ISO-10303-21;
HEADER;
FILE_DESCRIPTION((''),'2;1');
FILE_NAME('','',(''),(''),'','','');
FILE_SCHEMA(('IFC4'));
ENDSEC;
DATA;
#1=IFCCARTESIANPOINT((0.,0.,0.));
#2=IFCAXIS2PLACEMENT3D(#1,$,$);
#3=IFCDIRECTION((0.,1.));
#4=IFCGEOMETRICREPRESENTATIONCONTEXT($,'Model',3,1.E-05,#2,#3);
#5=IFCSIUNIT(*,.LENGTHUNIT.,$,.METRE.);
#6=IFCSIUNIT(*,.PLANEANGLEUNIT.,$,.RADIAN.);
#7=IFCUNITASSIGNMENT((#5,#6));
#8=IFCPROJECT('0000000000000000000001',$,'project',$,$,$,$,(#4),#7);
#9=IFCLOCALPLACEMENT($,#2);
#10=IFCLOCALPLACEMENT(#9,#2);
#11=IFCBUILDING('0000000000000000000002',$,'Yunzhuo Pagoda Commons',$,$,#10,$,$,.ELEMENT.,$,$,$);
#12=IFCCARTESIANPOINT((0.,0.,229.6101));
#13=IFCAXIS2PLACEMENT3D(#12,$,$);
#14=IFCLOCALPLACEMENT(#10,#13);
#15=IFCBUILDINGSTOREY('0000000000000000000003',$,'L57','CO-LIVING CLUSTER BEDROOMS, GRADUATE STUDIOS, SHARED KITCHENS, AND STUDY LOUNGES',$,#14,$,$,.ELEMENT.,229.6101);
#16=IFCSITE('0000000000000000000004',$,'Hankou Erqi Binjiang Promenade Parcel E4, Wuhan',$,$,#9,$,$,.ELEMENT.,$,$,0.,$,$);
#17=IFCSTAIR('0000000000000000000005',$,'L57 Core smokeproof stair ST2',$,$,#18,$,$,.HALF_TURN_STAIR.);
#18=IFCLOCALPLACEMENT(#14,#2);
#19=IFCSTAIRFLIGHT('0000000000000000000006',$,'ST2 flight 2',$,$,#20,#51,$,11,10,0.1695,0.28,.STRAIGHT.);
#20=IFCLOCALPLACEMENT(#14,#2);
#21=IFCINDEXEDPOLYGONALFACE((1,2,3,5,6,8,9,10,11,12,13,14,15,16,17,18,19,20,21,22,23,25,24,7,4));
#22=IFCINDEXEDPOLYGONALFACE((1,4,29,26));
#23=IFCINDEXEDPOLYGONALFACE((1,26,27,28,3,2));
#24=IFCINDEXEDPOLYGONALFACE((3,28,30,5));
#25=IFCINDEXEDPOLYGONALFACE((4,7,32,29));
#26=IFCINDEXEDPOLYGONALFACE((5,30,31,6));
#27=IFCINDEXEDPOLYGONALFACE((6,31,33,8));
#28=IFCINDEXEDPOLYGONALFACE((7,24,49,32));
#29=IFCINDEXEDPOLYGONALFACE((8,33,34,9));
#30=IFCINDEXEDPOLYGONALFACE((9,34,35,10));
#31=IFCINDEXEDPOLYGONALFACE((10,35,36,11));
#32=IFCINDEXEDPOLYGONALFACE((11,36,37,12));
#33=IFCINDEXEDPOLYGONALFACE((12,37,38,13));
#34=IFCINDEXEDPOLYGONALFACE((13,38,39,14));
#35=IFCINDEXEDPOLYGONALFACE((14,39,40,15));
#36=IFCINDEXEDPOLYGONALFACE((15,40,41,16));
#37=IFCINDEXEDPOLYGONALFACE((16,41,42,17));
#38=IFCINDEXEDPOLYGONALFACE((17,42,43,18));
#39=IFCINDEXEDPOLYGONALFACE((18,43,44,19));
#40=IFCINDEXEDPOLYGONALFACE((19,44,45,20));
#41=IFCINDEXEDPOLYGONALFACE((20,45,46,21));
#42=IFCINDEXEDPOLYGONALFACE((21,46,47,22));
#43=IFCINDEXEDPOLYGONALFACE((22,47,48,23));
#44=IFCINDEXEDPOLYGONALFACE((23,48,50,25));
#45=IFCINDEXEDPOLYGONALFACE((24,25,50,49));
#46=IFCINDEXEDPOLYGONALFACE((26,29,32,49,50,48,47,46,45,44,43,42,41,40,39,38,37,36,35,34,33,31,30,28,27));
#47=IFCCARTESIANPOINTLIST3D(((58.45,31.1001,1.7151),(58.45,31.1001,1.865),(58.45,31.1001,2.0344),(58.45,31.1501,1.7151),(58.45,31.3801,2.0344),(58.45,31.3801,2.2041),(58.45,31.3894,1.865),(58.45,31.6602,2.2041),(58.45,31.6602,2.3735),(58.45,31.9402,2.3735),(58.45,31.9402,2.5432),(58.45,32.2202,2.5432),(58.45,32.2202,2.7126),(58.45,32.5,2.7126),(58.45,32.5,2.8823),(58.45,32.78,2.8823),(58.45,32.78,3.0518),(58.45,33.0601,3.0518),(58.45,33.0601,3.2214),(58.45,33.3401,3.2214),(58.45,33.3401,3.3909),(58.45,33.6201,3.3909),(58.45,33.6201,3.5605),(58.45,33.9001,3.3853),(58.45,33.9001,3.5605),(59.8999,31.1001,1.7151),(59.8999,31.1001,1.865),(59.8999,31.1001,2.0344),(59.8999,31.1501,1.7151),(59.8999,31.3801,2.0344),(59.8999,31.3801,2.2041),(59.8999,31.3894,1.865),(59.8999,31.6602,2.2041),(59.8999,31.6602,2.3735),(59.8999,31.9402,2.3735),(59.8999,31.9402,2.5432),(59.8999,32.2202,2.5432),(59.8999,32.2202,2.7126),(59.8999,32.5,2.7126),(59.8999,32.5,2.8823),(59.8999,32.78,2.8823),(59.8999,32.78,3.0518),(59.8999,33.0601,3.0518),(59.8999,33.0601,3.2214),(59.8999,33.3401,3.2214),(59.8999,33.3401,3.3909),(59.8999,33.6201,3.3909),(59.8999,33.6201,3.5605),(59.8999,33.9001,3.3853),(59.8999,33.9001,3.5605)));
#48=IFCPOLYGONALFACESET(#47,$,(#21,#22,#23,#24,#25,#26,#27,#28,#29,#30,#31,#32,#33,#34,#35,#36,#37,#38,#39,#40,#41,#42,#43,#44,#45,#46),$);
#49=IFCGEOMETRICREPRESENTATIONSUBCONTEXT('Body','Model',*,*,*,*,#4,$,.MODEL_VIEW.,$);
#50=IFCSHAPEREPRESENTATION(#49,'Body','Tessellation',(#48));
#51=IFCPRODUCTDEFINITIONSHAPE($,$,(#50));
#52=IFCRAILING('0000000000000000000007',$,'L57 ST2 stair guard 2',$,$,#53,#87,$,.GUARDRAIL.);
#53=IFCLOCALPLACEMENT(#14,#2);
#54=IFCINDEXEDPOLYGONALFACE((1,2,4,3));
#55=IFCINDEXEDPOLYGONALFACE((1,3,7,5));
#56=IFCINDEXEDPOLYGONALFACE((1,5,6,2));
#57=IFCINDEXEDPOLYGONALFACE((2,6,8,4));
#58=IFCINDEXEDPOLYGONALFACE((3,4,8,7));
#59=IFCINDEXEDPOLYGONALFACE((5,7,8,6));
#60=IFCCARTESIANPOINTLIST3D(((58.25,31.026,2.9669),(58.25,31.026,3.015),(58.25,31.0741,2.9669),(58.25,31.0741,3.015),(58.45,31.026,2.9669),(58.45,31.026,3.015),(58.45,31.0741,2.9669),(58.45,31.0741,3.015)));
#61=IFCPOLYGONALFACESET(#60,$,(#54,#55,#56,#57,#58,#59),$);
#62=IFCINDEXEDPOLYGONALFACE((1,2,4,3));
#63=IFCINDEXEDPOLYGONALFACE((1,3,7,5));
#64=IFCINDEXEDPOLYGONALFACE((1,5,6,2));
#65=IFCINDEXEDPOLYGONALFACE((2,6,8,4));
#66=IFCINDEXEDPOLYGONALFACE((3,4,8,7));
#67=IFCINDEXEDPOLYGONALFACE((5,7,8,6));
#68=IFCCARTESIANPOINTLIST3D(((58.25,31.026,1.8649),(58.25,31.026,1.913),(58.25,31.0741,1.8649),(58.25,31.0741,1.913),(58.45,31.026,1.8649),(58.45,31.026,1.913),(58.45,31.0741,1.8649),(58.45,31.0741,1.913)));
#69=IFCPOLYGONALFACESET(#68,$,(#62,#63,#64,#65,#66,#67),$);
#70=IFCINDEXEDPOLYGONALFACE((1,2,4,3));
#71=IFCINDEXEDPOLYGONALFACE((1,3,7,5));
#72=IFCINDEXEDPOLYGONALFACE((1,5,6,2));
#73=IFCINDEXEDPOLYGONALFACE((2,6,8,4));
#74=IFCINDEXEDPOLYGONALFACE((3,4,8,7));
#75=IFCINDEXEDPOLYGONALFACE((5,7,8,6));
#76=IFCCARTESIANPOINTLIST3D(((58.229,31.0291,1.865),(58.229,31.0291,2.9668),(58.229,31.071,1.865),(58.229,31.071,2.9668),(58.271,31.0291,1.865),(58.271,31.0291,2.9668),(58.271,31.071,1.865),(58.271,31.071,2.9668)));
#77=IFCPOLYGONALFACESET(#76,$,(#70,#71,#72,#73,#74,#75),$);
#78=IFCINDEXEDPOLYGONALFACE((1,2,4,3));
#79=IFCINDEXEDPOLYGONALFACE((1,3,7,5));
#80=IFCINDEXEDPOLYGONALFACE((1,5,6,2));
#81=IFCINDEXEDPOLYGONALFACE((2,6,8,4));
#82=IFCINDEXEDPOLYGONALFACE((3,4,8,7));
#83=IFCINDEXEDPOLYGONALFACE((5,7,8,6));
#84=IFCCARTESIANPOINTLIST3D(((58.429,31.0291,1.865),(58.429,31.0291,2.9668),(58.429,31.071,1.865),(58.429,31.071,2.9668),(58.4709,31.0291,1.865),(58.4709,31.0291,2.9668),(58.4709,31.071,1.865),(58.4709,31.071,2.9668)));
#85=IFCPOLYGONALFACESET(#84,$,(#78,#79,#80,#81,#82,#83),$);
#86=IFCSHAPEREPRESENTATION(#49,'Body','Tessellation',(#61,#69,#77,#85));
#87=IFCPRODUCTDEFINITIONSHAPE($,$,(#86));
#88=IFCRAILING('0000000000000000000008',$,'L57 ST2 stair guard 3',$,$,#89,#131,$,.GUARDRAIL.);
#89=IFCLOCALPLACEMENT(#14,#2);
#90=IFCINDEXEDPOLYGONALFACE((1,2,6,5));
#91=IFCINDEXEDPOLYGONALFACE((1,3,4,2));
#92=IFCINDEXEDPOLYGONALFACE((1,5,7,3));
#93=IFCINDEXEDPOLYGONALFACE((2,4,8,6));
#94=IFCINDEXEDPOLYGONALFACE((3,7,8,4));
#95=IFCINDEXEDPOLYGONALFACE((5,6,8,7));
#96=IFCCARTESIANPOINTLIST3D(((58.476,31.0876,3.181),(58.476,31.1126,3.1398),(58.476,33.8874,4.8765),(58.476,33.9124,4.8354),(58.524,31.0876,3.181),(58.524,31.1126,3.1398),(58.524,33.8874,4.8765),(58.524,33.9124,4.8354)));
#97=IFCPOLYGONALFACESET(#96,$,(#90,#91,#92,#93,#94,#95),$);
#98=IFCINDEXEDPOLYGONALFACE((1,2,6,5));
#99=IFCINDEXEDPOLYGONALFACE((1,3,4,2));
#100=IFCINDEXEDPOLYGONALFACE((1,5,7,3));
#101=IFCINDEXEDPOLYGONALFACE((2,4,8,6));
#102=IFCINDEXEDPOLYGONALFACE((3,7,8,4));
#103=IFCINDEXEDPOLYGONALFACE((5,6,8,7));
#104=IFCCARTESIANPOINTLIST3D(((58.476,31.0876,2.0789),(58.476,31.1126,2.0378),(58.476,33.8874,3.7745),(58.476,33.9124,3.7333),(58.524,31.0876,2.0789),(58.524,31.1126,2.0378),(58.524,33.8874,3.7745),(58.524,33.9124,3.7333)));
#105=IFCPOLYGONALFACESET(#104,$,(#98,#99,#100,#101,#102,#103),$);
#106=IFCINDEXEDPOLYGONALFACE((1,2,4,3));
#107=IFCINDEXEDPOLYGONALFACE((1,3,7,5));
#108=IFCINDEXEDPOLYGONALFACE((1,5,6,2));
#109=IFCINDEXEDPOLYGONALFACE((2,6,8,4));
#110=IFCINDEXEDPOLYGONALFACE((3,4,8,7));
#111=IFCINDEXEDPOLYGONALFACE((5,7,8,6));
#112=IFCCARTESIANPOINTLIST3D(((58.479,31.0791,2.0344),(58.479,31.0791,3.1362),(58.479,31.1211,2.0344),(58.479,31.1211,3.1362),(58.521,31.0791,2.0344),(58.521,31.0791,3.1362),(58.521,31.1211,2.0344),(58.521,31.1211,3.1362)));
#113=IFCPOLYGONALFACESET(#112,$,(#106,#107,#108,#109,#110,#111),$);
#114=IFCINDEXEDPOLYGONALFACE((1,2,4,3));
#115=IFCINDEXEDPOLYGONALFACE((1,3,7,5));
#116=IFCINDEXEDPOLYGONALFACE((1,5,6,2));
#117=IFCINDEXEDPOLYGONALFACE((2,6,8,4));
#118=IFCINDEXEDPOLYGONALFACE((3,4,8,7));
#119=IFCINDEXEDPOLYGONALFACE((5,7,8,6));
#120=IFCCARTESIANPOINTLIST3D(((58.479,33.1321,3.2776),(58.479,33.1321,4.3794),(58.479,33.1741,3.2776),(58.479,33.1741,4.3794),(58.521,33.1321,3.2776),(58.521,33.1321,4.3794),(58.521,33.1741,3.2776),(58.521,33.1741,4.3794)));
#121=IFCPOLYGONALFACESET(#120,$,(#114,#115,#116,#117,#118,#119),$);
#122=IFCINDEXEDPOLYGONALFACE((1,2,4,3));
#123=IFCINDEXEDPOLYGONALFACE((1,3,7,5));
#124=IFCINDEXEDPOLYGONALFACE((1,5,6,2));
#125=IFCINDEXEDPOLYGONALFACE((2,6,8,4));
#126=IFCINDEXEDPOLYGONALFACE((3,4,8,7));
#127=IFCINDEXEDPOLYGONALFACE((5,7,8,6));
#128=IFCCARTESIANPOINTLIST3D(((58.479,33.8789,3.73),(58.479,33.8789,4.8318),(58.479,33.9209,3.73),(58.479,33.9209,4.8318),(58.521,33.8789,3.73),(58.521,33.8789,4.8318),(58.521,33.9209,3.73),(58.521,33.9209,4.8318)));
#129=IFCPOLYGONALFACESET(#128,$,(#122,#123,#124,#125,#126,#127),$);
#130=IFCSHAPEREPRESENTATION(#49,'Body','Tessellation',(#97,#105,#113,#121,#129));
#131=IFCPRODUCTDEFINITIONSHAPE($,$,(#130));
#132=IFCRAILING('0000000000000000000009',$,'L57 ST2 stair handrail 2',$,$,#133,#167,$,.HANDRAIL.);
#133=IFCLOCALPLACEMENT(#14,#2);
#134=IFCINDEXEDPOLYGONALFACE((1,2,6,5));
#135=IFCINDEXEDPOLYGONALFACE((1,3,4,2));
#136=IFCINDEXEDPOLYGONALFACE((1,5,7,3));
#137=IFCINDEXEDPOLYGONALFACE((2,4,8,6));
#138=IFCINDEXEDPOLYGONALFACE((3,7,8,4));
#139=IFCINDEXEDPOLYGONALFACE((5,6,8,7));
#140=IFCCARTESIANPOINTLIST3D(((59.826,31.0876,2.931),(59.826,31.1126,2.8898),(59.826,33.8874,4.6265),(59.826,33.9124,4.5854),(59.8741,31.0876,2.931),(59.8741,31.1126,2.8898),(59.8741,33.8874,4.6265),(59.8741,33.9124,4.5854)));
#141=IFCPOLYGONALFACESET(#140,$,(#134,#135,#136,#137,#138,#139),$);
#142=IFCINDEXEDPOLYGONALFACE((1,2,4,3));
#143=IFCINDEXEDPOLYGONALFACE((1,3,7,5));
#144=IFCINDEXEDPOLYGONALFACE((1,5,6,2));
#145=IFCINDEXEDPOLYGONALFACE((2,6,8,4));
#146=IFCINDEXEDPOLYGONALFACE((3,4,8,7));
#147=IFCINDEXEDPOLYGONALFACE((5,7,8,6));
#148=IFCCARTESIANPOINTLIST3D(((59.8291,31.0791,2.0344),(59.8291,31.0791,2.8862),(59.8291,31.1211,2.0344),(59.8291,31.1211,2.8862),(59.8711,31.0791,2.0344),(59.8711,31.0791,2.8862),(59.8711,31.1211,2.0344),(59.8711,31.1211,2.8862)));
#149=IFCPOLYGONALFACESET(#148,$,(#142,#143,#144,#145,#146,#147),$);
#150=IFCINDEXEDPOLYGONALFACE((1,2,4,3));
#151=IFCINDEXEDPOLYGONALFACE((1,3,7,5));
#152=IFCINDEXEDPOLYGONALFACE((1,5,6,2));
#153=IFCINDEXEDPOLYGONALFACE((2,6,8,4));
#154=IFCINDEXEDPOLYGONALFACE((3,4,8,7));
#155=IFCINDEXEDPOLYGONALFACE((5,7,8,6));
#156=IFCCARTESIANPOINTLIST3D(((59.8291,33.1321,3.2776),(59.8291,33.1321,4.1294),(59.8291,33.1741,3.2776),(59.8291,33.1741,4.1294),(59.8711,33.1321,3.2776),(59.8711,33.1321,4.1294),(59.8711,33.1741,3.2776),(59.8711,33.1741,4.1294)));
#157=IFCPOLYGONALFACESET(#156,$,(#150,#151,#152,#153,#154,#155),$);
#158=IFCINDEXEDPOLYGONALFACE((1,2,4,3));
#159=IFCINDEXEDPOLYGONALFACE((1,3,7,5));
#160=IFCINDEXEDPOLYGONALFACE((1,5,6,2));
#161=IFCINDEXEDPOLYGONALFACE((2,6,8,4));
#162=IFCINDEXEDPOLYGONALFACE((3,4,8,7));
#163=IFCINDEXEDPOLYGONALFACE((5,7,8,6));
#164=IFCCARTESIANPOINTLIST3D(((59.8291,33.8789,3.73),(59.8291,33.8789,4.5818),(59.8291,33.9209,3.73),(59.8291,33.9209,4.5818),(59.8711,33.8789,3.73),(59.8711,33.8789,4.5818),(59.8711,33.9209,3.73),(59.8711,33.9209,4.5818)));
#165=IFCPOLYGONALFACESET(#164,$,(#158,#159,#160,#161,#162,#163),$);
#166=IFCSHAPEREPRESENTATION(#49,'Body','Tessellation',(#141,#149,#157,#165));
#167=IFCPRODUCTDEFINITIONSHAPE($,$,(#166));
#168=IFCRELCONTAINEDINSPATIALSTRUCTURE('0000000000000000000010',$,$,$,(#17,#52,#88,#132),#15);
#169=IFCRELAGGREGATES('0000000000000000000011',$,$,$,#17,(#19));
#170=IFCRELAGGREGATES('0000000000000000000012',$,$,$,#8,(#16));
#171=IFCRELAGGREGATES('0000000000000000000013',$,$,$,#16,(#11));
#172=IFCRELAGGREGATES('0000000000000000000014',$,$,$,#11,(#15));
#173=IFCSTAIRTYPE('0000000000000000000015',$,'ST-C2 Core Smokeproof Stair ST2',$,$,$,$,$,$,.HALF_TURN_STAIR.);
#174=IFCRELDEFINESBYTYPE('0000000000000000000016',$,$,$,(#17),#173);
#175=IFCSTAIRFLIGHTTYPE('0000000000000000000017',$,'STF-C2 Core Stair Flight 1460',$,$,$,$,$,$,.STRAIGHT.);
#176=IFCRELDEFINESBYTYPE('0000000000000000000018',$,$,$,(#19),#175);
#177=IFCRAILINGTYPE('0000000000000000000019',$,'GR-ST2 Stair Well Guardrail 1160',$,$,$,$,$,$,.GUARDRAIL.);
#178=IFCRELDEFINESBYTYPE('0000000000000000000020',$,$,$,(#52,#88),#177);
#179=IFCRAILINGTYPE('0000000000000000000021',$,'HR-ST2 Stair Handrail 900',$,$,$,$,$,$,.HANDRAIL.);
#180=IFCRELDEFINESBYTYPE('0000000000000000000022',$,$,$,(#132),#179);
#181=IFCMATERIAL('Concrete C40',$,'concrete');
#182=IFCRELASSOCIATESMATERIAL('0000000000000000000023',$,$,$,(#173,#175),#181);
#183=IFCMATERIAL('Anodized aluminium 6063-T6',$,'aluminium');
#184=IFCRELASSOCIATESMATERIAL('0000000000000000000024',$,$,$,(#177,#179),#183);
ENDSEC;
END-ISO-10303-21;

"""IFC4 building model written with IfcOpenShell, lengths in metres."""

from ifc_helpers import new_model, si_unit, direction, frame, origin, origin_2d, place, context, subcontext, project, spatial, polyline, rectangle, outline, extrude, source, transform, mapped, material, type_object, element, aggregate, save


model = new_model("IFC4")

# Units and contexts
model_context = context("Model", 3, precision=1e-05, world=origin(), true_north=direction((0.0, 1.0)))
body_context = subcontext(model_context, "Body", "Model", "MODEL_VIEW")
ifc_project = project(units=[si_unit("LENGTHUNIT", "METRE"), si_unit("PLANEANGLEUNIT", "RADIAN")], contexts=[model_context])

# Site, building, storey
site_placement = place(None, origin())
site = spatial("IfcSite", under=ifc_project, at=site_placement, Name="Hankou Erqi Binjiang Promenade Parcel E4, Wuhan", CompositionType="ELEMENT", RefElevation=0.0)
building_placement = place(site_placement, origin())
building = spatial("IfcBuilding", under=site, at=building_placement, Name="Yunzhuo Pagoda Commons", CompositionType="ELEMENT")
storey_placement = place(building_placement, frame((0.0, 0.0, 229.6101)))
storey = spatial("IfcBuildingStorey", under=building, at=storey_placement, Name="L57", Description="CO-LIVING CLUSTER BEDROOMS, GRADUATE STUDIOS, SHARED KITCHENS, AND STUDY LOUNGES", CompositionType="ELEMENT", Elevation=229.6101)

# Shared definitions
ifc_material_1 = material(Name="Anodized aluminium 6063-T6", Category="aluminium")

# Stair, stair flight
ifc_material_2 = material(Name="Concrete C40", Category="concrete")
stair_type = type_object("IfcStairType", Name="ST-C2 Core Smokeproof Stair ST2", PredefinedType="HALF_TURN_STAIR", material=ifc_material_2)
stair_placement = place(storey_placement, origin())
stair = element("IfcStair", 1, at=stair_placement, inside=storey, type_object=stair_type, Name="L57 Core smokeproof stair ST2", PredefinedType="HALF_TURN_STAIR")
stair_flight_type = type_object("IfcStairFlightType", Name="STF-C2 Core Stair Flight 1460", PredefinedType="STRAIGHT", material=ifc_material_2)
shared_shape_1 = source(origin(), body_context, "Body", "SweptSolid", [
    extrude(outline(polyline([(0.0, -0.1499), (0.0, 0.0), (0.0, 0.1694), (0.28, 0.1694), (0.28, 0.3391), (0.5601, 0.3391), (0.5601, 0.5085), (0.8401, 0.5085), (0.8401, 0.6782), (1.1201, 0.6782), (1.1201, 0.8477), (1.3999, 0.8477), (1.3999, 1.0173), (1.6799, 1.0173), (1.6799, 1.1868), (1.96, 1.1868), (1.96, 1.3564), (2.24, 1.3564), (2.24, 1.5259), (2.52, 1.5259), (2.52, 1.6956), (2.8, 1.6956), (2.8, 1.865), (2.8, 1.5203), (0.2893, 0.0), (0.05, -0.1499), (0.0, -0.1499)])), frame((0.0, 0.7251, 0.0), z_axis=(0.0, -1.0, 0.0), x_axis=(1.0, 0.0, 0.0)), (0.0, 0.0, 1.0), 1.45),
])
stair_flight_placement = place(storey_placement, frame((59.175, 31.1001, 1.865), z_axis=(0.0, 0.0, 1.0), x_axis=(0.0, 1.0, 0.0)))
stair_flight = element("IfcStairFlight", 2, at=stair_flight_placement, type_object=stair_flight_type, Name="ST2 flight 2", NumberOfRisers=11, NumberOfTreads=10, PredefinedType="STRAIGHT", RiserHeight=0.1695, TreadLength=0.28, context=body_context, shape_type="MappedRepresentation", body=[
    mapped(shared_shape_1, transform((0.0, 0.0, 0.0), scale=1.0)),
])
aggregate(stair, [stair_flight])

# Railings
railing_type_1 = type_object("IfcRailingType", Name="GR-ST2 Stair Well Guardrail 1160", PredefinedType="GUARDRAIL", material=ifc_material_1)
railing_1_placement = place(storey_placement, frame((58.25, 31.05, 1.865)))
element("IfcRailing", 3, at=railing_1_placement, inside=storey, type_object=railing_type_1, Name="L57 ST2 stair guard 2", PredefinedType="GUARDRAIL", context=body_context, shape_type="SweptSolid", body=[
    extrude(rectangle(XDim=0.0481, YDim=0.0481, at=origin_2d()), frame((0.0, 0.0, 1.126), z_axis=(1.0, 0.0, 0.0), x_axis=(0.0, 1.0, 0.0)), (0.0, 0.0, 1.0), 0.2),
    extrude(rectangle(XDim=0.0481, YDim=0.0481, at=origin_2d()), frame((0.0, 0.0, 0.0239), z_axis=(1.0, 0.0, 0.0), x_axis=(0.0, 1.0, 0.0)), (0.0, 0.0, 1.0), 0.2),
    extrude(rectangle(XDim=0.042, YDim=0.042, at=origin_2d()), origin(), (0.0, 0.0, 1.0), 1.1018),
    extrude(rectangle(XDim=0.042, YDim=0.042, at=origin_2d()), frame((0.2, 0.0, 0.0)), (0.0, 0.0, 1.0), 1.1018),
])
railing_2_placement = place(storey_placement, frame((58.5, 31.1001, 2.0344)))
element("IfcRailing", 4, at=railing_2_placement, inside=storey, type_object=railing_type_1, Name="L57 ST2 stair guard 3", PredefinedType="GUARDRAIL", context=body_context, shape_type="SweptSolid", body=[
    extrude(rectangle(XDim=0.0481, YDim=0.0481, at=origin_2d()), frame((0.0, 0.0, 1.126), z_axis=(0.0, 0.855373, 0.518012), x_axis=(-1.0, 0.0, 0.0)), (0.0, 0.0, 1.0), 3.2732),
    extrude(rectangle(XDim=0.0481, YDim=0.0481, at=origin_2d()), frame((0.0, 0.0, 0.0239), z_axis=(0.0, 0.855373, 0.518012), x_axis=(-1.0, 0.0, 0.0)), (0.0, 0.0, 1.0), 3.2732),
    extrude(rectangle(XDim=0.042, YDim=0.042, at=origin_2d()), origin(), (0.0, 0.0, 1.0), 1.1018),
    extrude(rectangle(XDim=0.042, YDim=0.042, at=origin_2d()), frame((0.0, 2.053, 1.2432)), (0.0, 0.0, 1.0), 1.1018),
    extrude(rectangle(XDim=0.042, YDim=0.042, at=origin_2d()), frame((0.0, 2.7998, 1.6956)), (0.0, 0.0, 1.0), 1.1018),
])
railing_type_2 = type_object("IfcRailingType", Name="HR-ST2 Stair Handrail 900", PredefinedType="HANDRAIL", material=ifc_material_1)
railing_3_placement = place(storey_placement, frame((59.8501, 31.1001, 2.0344)))
element("IfcRailing", 5, at=railing_3_placement, inside=storey, type_object=railing_type_2, Name="L57 ST2 stair handrail 2", PredefinedType="HANDRAIL", context=body_context, shape_type="SweptSolid", body=[
    extrude(rectangle(XDim=0.0481, YDim=0.0481, at=origin_2d()), frame((0.0, 0.0, 0.876), z_axis=(0.0, 0.855373, 0.518012), x_axis=(-1.0, 0.0, 0.0)), (0.0, 0.0, 1.0), 3.2732),
    extrude(rectangle(XDim=0.042, YDim=0.042, at=origin_2d()), origin(), (0.0, 0.0, 1.0), 0.8518),
    extrude(rectangle(XDim=0.042, YDim=0.042, at=origin_2d()), frame((0.0, 2.053, 1.2432)), (0.0, 0.0, 1.0), 0.8518),
    extrude(rectangle(XDim=0.042, YDim=0.042, at=origin_2d()), frame((0.0, 2.7998, 1.6956)), (0.0, 0.0, 1.0), 0.8518),
])

save(model, "model.ifc")
